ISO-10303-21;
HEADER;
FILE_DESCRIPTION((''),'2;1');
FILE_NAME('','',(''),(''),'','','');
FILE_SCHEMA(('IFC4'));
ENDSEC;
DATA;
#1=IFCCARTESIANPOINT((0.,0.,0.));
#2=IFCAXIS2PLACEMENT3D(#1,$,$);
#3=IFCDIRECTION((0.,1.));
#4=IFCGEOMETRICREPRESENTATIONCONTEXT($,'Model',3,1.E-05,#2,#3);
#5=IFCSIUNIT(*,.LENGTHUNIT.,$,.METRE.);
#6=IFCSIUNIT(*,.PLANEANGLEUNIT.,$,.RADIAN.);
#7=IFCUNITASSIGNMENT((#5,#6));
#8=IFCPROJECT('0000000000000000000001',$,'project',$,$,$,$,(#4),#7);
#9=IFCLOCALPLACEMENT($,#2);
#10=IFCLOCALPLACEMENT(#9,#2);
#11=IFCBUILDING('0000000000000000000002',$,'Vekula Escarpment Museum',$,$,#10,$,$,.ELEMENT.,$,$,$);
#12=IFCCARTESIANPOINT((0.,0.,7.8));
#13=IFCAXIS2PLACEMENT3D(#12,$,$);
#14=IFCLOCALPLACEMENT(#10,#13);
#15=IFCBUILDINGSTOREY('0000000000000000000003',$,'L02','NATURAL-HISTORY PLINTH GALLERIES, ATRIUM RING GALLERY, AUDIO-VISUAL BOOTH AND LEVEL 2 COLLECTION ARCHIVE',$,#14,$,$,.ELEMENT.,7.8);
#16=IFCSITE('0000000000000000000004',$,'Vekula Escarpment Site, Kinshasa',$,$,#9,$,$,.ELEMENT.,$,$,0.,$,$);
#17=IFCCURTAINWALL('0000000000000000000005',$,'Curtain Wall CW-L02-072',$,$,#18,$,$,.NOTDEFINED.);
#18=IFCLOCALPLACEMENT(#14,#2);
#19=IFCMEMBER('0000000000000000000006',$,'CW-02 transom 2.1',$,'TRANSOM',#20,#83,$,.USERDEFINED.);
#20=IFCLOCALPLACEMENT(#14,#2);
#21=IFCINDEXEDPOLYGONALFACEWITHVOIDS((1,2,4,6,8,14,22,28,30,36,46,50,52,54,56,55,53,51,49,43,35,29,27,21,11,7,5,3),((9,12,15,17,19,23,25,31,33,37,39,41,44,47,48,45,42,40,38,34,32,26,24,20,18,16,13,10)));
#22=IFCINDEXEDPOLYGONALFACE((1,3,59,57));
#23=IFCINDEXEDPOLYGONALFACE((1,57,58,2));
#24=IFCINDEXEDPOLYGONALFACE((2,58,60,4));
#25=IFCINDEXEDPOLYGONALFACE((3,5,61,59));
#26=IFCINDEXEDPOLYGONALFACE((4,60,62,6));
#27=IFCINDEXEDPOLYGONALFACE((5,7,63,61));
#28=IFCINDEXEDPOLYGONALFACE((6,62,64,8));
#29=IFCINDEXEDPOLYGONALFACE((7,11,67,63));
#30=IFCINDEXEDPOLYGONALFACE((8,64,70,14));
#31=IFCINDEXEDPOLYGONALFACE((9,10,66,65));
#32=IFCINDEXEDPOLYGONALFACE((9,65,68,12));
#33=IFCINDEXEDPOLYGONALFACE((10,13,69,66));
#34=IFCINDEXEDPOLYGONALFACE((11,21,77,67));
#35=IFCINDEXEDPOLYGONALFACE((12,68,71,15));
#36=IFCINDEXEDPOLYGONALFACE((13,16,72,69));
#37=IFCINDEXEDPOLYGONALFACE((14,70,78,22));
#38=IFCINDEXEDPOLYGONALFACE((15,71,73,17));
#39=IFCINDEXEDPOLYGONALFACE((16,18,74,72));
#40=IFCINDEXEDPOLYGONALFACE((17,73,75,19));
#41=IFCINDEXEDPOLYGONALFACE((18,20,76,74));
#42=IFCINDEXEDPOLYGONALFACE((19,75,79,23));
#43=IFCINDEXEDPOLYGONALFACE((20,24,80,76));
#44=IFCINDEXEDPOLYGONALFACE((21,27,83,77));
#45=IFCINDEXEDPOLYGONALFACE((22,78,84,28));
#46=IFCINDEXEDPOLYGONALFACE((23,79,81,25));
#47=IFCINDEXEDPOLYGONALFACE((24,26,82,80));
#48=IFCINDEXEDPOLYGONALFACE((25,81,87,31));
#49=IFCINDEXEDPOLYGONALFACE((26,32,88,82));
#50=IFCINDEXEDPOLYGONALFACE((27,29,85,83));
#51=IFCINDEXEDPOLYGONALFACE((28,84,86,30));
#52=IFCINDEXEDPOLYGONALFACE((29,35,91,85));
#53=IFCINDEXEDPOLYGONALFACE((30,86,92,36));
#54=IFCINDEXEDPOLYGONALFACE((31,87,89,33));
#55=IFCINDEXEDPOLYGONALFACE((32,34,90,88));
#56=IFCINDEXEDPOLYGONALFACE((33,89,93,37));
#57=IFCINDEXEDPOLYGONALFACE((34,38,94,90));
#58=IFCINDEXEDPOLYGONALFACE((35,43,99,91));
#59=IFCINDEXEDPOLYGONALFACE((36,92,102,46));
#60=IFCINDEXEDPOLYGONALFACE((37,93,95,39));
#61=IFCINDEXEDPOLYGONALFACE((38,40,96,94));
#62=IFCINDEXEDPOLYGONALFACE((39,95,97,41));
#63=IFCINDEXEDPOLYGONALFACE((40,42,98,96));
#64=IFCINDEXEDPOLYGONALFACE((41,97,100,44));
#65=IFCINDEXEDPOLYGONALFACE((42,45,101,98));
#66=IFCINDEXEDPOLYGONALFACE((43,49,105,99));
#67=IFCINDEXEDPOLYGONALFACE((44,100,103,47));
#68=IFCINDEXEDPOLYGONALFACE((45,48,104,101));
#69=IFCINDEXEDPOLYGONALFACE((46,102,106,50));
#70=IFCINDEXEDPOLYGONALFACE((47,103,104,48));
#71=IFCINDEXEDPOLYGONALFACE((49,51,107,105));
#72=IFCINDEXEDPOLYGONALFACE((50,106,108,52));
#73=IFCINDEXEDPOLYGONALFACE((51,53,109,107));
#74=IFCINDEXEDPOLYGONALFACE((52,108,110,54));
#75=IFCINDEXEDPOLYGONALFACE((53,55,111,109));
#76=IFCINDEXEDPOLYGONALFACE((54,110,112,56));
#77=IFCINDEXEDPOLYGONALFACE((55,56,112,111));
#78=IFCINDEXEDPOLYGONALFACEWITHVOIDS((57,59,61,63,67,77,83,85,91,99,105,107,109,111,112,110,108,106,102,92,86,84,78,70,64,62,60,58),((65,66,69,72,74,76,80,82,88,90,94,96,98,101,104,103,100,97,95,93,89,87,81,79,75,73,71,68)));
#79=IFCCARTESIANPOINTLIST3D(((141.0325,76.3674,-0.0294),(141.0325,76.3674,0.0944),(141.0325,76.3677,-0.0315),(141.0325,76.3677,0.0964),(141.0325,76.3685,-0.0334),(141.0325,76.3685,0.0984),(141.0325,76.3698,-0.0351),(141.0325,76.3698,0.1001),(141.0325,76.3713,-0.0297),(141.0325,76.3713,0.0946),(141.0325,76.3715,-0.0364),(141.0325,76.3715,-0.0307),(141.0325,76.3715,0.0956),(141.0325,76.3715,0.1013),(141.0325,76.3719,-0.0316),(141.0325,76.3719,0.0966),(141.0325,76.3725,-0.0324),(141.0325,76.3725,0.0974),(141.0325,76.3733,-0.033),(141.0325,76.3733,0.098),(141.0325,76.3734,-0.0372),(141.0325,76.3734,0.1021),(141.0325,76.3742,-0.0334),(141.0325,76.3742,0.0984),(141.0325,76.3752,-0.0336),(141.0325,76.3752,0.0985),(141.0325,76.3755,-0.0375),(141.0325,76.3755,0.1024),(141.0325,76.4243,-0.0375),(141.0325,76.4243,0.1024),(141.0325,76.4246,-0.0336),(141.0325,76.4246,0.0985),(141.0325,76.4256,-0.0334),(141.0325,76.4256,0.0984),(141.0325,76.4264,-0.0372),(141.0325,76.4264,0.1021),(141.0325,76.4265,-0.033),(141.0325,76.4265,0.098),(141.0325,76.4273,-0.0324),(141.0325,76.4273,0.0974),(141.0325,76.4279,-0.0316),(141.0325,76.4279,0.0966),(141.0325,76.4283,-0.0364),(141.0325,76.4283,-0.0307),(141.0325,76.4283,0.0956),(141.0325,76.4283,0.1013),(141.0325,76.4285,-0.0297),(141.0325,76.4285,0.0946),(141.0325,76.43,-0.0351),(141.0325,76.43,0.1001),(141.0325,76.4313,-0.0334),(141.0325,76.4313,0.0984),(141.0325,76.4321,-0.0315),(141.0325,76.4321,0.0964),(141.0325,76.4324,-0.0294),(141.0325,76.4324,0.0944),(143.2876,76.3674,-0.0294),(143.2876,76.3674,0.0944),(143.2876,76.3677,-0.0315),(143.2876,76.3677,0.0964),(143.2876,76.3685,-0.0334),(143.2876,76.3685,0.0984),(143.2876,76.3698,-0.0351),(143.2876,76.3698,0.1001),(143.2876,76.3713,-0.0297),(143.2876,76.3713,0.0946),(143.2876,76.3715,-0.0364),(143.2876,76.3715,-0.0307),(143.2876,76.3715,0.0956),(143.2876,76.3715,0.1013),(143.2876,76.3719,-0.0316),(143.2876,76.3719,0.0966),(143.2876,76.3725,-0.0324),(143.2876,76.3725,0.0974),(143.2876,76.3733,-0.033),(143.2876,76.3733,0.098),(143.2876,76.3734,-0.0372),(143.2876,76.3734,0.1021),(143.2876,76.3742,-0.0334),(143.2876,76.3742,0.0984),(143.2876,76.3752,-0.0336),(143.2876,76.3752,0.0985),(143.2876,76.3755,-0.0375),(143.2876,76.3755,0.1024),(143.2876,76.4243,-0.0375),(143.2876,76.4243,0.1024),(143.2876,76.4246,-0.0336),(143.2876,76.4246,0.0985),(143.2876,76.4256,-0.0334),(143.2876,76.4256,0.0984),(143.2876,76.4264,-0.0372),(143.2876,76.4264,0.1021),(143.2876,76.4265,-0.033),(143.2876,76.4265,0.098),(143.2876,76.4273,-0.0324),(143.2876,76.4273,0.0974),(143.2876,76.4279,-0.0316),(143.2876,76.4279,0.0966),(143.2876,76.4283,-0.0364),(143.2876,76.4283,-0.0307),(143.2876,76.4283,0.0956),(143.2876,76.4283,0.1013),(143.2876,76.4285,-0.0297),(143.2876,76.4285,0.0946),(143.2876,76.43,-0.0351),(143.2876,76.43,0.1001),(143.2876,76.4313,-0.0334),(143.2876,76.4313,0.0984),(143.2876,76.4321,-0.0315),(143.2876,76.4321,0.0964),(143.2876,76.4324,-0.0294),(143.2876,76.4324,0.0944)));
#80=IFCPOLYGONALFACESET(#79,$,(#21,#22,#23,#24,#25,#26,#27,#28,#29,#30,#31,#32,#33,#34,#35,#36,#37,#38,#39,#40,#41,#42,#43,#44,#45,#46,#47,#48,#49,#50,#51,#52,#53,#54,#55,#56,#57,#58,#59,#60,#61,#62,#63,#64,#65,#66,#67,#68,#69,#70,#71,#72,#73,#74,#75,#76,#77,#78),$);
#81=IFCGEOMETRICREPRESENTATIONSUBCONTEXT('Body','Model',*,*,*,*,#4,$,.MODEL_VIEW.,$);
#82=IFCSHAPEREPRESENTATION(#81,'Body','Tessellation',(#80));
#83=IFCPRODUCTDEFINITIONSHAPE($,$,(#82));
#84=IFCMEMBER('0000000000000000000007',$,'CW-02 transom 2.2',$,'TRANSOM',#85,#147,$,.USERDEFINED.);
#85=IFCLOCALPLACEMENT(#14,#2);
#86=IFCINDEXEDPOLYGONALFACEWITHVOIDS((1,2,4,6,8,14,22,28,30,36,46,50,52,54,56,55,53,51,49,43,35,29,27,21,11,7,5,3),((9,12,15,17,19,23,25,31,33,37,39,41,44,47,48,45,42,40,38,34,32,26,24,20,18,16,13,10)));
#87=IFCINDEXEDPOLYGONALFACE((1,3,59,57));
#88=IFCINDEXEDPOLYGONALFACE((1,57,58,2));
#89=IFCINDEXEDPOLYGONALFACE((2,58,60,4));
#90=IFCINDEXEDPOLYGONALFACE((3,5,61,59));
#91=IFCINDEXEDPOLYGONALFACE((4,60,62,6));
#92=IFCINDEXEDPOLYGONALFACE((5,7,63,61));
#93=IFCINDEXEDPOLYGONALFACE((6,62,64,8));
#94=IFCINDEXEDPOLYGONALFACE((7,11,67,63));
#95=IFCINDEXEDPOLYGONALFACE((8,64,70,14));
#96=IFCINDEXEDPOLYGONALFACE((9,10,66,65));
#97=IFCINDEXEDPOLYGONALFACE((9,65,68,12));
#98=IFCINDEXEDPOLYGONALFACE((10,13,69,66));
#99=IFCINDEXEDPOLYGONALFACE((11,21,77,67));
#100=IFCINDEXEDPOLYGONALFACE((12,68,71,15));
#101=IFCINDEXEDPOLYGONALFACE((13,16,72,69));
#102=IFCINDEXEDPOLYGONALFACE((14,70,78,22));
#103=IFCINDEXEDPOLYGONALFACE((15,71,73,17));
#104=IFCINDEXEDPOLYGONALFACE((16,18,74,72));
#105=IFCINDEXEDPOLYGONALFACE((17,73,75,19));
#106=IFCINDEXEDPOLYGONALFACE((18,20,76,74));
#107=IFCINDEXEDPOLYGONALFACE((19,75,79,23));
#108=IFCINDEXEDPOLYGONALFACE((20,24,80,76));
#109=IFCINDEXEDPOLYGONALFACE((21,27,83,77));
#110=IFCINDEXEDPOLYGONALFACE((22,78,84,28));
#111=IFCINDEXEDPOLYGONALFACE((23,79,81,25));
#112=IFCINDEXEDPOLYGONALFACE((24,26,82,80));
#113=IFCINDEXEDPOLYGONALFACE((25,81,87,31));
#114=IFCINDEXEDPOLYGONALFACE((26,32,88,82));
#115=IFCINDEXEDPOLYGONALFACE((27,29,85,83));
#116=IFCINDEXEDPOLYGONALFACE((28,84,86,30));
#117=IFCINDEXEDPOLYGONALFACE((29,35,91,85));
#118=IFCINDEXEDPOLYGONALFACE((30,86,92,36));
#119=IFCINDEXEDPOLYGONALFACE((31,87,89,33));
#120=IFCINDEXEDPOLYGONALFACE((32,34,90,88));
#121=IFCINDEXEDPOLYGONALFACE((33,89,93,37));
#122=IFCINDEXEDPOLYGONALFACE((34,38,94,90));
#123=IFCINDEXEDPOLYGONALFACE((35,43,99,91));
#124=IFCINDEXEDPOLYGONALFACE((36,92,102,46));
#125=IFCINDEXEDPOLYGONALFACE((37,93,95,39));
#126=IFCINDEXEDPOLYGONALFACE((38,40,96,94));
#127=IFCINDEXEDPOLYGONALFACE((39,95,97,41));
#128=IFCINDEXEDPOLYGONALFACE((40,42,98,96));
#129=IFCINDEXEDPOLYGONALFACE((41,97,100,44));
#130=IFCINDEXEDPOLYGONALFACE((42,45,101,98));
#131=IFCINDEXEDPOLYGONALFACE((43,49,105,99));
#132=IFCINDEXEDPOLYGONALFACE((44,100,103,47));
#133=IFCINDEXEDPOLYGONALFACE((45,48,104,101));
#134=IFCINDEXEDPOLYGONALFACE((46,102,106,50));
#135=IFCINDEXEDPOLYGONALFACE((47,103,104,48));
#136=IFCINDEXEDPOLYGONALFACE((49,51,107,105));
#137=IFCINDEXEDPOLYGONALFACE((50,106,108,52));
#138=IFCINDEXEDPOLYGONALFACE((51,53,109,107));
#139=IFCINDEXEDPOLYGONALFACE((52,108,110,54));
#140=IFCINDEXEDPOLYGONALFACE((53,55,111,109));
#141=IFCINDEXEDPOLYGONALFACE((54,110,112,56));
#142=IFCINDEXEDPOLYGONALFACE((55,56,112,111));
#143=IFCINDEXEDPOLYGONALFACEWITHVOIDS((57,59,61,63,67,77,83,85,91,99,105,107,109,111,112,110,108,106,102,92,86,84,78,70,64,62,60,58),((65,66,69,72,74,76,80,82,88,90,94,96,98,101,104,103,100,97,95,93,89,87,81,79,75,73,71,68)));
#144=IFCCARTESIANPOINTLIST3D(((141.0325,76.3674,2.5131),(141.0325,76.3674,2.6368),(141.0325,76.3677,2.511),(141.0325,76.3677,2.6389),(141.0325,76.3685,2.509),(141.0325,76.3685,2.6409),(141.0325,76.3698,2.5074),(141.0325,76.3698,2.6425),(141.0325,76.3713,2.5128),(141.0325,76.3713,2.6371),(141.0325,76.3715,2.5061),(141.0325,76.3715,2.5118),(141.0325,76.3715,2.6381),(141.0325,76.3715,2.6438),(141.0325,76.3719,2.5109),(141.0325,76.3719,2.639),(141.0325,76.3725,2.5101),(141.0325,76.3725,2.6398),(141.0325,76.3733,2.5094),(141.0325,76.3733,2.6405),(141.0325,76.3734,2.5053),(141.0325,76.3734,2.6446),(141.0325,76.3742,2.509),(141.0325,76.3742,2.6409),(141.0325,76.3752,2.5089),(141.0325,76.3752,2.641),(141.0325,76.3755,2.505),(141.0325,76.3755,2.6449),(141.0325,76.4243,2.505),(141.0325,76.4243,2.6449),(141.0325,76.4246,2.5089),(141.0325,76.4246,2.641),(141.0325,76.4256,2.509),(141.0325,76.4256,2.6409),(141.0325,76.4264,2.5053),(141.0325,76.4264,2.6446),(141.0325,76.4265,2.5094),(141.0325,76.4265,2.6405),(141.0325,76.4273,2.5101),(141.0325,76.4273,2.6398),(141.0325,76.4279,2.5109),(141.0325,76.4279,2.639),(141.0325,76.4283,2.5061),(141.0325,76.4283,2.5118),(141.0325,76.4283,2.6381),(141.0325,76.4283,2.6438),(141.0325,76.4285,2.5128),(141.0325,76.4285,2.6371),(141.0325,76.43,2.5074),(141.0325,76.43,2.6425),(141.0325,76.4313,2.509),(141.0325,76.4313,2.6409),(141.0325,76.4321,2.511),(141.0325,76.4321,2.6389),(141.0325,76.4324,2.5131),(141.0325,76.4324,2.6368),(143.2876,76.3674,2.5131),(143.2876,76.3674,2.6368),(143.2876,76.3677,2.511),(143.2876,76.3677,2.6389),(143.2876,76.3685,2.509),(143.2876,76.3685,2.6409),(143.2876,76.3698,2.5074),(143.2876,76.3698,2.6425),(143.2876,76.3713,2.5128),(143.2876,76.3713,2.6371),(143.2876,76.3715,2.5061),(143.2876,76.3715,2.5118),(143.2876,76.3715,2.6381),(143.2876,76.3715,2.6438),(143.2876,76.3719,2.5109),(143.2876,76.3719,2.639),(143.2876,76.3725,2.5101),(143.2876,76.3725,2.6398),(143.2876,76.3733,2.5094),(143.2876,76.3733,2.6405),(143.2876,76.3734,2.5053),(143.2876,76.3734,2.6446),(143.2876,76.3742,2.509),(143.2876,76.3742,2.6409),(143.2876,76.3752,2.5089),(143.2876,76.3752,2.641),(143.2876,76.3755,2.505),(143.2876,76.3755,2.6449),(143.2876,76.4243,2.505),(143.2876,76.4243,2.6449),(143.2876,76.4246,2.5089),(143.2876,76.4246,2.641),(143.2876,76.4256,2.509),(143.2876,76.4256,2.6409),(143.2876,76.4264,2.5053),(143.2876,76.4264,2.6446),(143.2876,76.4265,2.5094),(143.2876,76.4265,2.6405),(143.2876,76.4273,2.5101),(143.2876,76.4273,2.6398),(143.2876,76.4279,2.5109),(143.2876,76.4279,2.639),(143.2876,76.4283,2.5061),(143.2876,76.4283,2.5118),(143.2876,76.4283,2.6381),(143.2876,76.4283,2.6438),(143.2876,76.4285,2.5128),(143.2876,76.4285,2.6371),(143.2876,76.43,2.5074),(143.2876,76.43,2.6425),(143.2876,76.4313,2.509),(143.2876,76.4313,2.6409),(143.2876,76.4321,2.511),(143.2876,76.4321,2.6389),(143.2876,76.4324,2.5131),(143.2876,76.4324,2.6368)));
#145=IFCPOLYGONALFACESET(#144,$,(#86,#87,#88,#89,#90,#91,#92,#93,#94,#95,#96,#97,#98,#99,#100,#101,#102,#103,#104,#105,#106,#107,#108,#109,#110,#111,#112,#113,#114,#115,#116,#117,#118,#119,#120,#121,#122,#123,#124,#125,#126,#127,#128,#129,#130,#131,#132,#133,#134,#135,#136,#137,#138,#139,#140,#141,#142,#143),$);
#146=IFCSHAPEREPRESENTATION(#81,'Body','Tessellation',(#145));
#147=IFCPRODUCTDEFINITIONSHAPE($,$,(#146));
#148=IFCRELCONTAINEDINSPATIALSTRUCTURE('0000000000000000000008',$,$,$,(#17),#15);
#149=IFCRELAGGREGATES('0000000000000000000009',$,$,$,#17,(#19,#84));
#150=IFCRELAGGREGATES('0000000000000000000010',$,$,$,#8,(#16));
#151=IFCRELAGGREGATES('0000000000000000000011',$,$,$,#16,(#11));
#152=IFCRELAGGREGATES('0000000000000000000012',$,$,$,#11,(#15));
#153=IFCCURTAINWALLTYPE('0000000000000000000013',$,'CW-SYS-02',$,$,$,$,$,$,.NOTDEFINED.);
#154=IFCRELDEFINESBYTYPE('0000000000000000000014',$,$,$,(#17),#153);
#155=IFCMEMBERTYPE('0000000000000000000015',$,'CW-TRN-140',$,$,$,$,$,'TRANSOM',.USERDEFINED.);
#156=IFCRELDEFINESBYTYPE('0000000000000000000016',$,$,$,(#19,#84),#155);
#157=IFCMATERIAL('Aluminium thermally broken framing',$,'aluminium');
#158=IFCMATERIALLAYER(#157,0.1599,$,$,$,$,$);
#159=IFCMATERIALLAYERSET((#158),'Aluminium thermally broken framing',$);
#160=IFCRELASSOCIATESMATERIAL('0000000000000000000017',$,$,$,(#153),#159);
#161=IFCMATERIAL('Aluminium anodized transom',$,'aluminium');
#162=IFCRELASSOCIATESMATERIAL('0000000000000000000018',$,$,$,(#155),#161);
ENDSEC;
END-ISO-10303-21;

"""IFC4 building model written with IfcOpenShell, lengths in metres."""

from ifc_helpers import new_model, si_unit, direction, frame, origin, origin_2d, place, context, subcontext, project, spatial, hollow_rectangle, extrude, material, layer, layer_set, material_profile, profile_set, type_object, element, aggregate, save


model = new_model("IFC4")

# Units and contexts
model_context = context("Model", 3, precision=1e-05, world=origin(), true_north=direction((0.0, 1.0)))
body_context = subcontext(model_context, "Body", "Model", "MODEL_VIEW")
ifc_project = project(units=[si_unit("LENGTHUNIT", "METRE"), si_unit("PLANEANGLEUNIT", "RADIAN")], contexts=[model_context])

# Site, building, storey
site_placement = place(None, origin())
site = spatial("IfcSite", under=ifc_project, at=site_placement, Name="Vekula Escarpment Site, Kinshasa", CompositionType="ELEMENT", RefElevation=0.0)
building_placement = place(site_placement, origin())
building = spatial("IfcBuilding", under=site, at=building_placement, Name="Vekula Escarpment Museum", CompositionType="ELEMENT")
storey_placement = place(building_placement, frame((0.0, 0.0, 7.8)))
storey = spatial("IfcBuildingStorey", under=building, at=storey_placement, Name="L02", Description="NATURAL-HISTORY PLINTH GALLERIES, ATRIUM RING GALLERY, AUDIO-VISUAL BOOTH AND LEVEL 2 COLLECTION ARCHIVE", CompositionType="ELEMENT", Elevation=7.8)

# Curtain wall
ifc_material_1 = material(Name="Aluminium thermally broken framing", Category="aluminium")
ifc_layer_1 = layer(ifc_material_1, 0.1599)
ifc_layer_set_1 = layer_set([ifc_layer_1], Name="Aluminium thermally broken framing")
curtain_wall_type_1 = type_object("IfcCurtainWallType", Name="CW-SYS-02", PredefinedType="NOTDEFINED", material=ifc_layer_set_1)
curtain_wall_1_placement = place(storey_placement, origin())
curtain_wall_1 = element("IfcCurtainWall", 1, at=curtain_wall_1_placement, inside=storey, type_object=curtain_wall_type_1, Name="Curtain Wall CW-L02-072", PredefinedType="NOTDEFINED")

# Members
ifc_material_2 = material(Name="Aluminium anodized transom", Category="aluminium")
ifc_material_profile_1 = material_profile(ifc_material_2, hollow_rectangle(XDim=0.0649, YDim=0.1399, WallThickness=0.0039, InnerFilletRadius=0.0039, OuterFilletRadius=0.0081, at=origin_2d()), Name="ALU 140x65x4")
ifc_profile_set_1 = profile_set([ifc_material_profile_1], Name="Aluminium anodized transom")
member_type_1 = type_object("IfcMemberType", Name="CW-TRN-140", ElementType="TRANSOM", PredefinedType="USERDEFINED", material=ifc_profile_set_1)
member_1_placement = place(storey_placement, frame((143.2876, 76.3999, 0.0325), z_axis=(-1.0, 0.0, 0.0), x_axis=(0.0, -1.0, 0.0)))
member_1 = element("IfcMember", 2, at=member_1_placement, type_object=member_type_1, Name="CW-02 transom 2.1", ObjectType="TRANSOM", PredefinedType="USERDEFINED", context=body_context, shape_type="SweptSolid", body=[
    extrude(hollow_rectangle(XDim=0.0649, YDim=0.1399, WallThickness=0.0039, InnerFilletRadius=0.0039, OuterFilletRadius=0.0081, at=origin_2d()), origin(), (0.0, 0.0, 1.0), 2.2551),
])
member_2_placement = place(storey_placement, frame((143.2876, 76.3999, 2.575), z_axis=(-1.0, 0.0, 0.0), x_axis=(0.0, -1.0, 0.0)))
member_2 = element("IfcMember", 3, at=member_2_placement, type_object=member_type_1, Name="CW-02 transom 2.2", ObjectType="TRANSOM", PredefinedType="USERDEFINED", context=body_context, shape_type="SweptSolid", body=[
    extrude(hollow_rectangle(XDim=0.0649, YDim=0.1399, WallThickness=0.0039, InnerFilletRadius=0.0039, OuterFilletRadius=0.0081, at=origin_2d()), origin(), (0.0, 0.0, 1.0), 2.2551),
])

aggregate(curtain_wall_1, [member_1, member_2])

save(model, "model.ifc")
